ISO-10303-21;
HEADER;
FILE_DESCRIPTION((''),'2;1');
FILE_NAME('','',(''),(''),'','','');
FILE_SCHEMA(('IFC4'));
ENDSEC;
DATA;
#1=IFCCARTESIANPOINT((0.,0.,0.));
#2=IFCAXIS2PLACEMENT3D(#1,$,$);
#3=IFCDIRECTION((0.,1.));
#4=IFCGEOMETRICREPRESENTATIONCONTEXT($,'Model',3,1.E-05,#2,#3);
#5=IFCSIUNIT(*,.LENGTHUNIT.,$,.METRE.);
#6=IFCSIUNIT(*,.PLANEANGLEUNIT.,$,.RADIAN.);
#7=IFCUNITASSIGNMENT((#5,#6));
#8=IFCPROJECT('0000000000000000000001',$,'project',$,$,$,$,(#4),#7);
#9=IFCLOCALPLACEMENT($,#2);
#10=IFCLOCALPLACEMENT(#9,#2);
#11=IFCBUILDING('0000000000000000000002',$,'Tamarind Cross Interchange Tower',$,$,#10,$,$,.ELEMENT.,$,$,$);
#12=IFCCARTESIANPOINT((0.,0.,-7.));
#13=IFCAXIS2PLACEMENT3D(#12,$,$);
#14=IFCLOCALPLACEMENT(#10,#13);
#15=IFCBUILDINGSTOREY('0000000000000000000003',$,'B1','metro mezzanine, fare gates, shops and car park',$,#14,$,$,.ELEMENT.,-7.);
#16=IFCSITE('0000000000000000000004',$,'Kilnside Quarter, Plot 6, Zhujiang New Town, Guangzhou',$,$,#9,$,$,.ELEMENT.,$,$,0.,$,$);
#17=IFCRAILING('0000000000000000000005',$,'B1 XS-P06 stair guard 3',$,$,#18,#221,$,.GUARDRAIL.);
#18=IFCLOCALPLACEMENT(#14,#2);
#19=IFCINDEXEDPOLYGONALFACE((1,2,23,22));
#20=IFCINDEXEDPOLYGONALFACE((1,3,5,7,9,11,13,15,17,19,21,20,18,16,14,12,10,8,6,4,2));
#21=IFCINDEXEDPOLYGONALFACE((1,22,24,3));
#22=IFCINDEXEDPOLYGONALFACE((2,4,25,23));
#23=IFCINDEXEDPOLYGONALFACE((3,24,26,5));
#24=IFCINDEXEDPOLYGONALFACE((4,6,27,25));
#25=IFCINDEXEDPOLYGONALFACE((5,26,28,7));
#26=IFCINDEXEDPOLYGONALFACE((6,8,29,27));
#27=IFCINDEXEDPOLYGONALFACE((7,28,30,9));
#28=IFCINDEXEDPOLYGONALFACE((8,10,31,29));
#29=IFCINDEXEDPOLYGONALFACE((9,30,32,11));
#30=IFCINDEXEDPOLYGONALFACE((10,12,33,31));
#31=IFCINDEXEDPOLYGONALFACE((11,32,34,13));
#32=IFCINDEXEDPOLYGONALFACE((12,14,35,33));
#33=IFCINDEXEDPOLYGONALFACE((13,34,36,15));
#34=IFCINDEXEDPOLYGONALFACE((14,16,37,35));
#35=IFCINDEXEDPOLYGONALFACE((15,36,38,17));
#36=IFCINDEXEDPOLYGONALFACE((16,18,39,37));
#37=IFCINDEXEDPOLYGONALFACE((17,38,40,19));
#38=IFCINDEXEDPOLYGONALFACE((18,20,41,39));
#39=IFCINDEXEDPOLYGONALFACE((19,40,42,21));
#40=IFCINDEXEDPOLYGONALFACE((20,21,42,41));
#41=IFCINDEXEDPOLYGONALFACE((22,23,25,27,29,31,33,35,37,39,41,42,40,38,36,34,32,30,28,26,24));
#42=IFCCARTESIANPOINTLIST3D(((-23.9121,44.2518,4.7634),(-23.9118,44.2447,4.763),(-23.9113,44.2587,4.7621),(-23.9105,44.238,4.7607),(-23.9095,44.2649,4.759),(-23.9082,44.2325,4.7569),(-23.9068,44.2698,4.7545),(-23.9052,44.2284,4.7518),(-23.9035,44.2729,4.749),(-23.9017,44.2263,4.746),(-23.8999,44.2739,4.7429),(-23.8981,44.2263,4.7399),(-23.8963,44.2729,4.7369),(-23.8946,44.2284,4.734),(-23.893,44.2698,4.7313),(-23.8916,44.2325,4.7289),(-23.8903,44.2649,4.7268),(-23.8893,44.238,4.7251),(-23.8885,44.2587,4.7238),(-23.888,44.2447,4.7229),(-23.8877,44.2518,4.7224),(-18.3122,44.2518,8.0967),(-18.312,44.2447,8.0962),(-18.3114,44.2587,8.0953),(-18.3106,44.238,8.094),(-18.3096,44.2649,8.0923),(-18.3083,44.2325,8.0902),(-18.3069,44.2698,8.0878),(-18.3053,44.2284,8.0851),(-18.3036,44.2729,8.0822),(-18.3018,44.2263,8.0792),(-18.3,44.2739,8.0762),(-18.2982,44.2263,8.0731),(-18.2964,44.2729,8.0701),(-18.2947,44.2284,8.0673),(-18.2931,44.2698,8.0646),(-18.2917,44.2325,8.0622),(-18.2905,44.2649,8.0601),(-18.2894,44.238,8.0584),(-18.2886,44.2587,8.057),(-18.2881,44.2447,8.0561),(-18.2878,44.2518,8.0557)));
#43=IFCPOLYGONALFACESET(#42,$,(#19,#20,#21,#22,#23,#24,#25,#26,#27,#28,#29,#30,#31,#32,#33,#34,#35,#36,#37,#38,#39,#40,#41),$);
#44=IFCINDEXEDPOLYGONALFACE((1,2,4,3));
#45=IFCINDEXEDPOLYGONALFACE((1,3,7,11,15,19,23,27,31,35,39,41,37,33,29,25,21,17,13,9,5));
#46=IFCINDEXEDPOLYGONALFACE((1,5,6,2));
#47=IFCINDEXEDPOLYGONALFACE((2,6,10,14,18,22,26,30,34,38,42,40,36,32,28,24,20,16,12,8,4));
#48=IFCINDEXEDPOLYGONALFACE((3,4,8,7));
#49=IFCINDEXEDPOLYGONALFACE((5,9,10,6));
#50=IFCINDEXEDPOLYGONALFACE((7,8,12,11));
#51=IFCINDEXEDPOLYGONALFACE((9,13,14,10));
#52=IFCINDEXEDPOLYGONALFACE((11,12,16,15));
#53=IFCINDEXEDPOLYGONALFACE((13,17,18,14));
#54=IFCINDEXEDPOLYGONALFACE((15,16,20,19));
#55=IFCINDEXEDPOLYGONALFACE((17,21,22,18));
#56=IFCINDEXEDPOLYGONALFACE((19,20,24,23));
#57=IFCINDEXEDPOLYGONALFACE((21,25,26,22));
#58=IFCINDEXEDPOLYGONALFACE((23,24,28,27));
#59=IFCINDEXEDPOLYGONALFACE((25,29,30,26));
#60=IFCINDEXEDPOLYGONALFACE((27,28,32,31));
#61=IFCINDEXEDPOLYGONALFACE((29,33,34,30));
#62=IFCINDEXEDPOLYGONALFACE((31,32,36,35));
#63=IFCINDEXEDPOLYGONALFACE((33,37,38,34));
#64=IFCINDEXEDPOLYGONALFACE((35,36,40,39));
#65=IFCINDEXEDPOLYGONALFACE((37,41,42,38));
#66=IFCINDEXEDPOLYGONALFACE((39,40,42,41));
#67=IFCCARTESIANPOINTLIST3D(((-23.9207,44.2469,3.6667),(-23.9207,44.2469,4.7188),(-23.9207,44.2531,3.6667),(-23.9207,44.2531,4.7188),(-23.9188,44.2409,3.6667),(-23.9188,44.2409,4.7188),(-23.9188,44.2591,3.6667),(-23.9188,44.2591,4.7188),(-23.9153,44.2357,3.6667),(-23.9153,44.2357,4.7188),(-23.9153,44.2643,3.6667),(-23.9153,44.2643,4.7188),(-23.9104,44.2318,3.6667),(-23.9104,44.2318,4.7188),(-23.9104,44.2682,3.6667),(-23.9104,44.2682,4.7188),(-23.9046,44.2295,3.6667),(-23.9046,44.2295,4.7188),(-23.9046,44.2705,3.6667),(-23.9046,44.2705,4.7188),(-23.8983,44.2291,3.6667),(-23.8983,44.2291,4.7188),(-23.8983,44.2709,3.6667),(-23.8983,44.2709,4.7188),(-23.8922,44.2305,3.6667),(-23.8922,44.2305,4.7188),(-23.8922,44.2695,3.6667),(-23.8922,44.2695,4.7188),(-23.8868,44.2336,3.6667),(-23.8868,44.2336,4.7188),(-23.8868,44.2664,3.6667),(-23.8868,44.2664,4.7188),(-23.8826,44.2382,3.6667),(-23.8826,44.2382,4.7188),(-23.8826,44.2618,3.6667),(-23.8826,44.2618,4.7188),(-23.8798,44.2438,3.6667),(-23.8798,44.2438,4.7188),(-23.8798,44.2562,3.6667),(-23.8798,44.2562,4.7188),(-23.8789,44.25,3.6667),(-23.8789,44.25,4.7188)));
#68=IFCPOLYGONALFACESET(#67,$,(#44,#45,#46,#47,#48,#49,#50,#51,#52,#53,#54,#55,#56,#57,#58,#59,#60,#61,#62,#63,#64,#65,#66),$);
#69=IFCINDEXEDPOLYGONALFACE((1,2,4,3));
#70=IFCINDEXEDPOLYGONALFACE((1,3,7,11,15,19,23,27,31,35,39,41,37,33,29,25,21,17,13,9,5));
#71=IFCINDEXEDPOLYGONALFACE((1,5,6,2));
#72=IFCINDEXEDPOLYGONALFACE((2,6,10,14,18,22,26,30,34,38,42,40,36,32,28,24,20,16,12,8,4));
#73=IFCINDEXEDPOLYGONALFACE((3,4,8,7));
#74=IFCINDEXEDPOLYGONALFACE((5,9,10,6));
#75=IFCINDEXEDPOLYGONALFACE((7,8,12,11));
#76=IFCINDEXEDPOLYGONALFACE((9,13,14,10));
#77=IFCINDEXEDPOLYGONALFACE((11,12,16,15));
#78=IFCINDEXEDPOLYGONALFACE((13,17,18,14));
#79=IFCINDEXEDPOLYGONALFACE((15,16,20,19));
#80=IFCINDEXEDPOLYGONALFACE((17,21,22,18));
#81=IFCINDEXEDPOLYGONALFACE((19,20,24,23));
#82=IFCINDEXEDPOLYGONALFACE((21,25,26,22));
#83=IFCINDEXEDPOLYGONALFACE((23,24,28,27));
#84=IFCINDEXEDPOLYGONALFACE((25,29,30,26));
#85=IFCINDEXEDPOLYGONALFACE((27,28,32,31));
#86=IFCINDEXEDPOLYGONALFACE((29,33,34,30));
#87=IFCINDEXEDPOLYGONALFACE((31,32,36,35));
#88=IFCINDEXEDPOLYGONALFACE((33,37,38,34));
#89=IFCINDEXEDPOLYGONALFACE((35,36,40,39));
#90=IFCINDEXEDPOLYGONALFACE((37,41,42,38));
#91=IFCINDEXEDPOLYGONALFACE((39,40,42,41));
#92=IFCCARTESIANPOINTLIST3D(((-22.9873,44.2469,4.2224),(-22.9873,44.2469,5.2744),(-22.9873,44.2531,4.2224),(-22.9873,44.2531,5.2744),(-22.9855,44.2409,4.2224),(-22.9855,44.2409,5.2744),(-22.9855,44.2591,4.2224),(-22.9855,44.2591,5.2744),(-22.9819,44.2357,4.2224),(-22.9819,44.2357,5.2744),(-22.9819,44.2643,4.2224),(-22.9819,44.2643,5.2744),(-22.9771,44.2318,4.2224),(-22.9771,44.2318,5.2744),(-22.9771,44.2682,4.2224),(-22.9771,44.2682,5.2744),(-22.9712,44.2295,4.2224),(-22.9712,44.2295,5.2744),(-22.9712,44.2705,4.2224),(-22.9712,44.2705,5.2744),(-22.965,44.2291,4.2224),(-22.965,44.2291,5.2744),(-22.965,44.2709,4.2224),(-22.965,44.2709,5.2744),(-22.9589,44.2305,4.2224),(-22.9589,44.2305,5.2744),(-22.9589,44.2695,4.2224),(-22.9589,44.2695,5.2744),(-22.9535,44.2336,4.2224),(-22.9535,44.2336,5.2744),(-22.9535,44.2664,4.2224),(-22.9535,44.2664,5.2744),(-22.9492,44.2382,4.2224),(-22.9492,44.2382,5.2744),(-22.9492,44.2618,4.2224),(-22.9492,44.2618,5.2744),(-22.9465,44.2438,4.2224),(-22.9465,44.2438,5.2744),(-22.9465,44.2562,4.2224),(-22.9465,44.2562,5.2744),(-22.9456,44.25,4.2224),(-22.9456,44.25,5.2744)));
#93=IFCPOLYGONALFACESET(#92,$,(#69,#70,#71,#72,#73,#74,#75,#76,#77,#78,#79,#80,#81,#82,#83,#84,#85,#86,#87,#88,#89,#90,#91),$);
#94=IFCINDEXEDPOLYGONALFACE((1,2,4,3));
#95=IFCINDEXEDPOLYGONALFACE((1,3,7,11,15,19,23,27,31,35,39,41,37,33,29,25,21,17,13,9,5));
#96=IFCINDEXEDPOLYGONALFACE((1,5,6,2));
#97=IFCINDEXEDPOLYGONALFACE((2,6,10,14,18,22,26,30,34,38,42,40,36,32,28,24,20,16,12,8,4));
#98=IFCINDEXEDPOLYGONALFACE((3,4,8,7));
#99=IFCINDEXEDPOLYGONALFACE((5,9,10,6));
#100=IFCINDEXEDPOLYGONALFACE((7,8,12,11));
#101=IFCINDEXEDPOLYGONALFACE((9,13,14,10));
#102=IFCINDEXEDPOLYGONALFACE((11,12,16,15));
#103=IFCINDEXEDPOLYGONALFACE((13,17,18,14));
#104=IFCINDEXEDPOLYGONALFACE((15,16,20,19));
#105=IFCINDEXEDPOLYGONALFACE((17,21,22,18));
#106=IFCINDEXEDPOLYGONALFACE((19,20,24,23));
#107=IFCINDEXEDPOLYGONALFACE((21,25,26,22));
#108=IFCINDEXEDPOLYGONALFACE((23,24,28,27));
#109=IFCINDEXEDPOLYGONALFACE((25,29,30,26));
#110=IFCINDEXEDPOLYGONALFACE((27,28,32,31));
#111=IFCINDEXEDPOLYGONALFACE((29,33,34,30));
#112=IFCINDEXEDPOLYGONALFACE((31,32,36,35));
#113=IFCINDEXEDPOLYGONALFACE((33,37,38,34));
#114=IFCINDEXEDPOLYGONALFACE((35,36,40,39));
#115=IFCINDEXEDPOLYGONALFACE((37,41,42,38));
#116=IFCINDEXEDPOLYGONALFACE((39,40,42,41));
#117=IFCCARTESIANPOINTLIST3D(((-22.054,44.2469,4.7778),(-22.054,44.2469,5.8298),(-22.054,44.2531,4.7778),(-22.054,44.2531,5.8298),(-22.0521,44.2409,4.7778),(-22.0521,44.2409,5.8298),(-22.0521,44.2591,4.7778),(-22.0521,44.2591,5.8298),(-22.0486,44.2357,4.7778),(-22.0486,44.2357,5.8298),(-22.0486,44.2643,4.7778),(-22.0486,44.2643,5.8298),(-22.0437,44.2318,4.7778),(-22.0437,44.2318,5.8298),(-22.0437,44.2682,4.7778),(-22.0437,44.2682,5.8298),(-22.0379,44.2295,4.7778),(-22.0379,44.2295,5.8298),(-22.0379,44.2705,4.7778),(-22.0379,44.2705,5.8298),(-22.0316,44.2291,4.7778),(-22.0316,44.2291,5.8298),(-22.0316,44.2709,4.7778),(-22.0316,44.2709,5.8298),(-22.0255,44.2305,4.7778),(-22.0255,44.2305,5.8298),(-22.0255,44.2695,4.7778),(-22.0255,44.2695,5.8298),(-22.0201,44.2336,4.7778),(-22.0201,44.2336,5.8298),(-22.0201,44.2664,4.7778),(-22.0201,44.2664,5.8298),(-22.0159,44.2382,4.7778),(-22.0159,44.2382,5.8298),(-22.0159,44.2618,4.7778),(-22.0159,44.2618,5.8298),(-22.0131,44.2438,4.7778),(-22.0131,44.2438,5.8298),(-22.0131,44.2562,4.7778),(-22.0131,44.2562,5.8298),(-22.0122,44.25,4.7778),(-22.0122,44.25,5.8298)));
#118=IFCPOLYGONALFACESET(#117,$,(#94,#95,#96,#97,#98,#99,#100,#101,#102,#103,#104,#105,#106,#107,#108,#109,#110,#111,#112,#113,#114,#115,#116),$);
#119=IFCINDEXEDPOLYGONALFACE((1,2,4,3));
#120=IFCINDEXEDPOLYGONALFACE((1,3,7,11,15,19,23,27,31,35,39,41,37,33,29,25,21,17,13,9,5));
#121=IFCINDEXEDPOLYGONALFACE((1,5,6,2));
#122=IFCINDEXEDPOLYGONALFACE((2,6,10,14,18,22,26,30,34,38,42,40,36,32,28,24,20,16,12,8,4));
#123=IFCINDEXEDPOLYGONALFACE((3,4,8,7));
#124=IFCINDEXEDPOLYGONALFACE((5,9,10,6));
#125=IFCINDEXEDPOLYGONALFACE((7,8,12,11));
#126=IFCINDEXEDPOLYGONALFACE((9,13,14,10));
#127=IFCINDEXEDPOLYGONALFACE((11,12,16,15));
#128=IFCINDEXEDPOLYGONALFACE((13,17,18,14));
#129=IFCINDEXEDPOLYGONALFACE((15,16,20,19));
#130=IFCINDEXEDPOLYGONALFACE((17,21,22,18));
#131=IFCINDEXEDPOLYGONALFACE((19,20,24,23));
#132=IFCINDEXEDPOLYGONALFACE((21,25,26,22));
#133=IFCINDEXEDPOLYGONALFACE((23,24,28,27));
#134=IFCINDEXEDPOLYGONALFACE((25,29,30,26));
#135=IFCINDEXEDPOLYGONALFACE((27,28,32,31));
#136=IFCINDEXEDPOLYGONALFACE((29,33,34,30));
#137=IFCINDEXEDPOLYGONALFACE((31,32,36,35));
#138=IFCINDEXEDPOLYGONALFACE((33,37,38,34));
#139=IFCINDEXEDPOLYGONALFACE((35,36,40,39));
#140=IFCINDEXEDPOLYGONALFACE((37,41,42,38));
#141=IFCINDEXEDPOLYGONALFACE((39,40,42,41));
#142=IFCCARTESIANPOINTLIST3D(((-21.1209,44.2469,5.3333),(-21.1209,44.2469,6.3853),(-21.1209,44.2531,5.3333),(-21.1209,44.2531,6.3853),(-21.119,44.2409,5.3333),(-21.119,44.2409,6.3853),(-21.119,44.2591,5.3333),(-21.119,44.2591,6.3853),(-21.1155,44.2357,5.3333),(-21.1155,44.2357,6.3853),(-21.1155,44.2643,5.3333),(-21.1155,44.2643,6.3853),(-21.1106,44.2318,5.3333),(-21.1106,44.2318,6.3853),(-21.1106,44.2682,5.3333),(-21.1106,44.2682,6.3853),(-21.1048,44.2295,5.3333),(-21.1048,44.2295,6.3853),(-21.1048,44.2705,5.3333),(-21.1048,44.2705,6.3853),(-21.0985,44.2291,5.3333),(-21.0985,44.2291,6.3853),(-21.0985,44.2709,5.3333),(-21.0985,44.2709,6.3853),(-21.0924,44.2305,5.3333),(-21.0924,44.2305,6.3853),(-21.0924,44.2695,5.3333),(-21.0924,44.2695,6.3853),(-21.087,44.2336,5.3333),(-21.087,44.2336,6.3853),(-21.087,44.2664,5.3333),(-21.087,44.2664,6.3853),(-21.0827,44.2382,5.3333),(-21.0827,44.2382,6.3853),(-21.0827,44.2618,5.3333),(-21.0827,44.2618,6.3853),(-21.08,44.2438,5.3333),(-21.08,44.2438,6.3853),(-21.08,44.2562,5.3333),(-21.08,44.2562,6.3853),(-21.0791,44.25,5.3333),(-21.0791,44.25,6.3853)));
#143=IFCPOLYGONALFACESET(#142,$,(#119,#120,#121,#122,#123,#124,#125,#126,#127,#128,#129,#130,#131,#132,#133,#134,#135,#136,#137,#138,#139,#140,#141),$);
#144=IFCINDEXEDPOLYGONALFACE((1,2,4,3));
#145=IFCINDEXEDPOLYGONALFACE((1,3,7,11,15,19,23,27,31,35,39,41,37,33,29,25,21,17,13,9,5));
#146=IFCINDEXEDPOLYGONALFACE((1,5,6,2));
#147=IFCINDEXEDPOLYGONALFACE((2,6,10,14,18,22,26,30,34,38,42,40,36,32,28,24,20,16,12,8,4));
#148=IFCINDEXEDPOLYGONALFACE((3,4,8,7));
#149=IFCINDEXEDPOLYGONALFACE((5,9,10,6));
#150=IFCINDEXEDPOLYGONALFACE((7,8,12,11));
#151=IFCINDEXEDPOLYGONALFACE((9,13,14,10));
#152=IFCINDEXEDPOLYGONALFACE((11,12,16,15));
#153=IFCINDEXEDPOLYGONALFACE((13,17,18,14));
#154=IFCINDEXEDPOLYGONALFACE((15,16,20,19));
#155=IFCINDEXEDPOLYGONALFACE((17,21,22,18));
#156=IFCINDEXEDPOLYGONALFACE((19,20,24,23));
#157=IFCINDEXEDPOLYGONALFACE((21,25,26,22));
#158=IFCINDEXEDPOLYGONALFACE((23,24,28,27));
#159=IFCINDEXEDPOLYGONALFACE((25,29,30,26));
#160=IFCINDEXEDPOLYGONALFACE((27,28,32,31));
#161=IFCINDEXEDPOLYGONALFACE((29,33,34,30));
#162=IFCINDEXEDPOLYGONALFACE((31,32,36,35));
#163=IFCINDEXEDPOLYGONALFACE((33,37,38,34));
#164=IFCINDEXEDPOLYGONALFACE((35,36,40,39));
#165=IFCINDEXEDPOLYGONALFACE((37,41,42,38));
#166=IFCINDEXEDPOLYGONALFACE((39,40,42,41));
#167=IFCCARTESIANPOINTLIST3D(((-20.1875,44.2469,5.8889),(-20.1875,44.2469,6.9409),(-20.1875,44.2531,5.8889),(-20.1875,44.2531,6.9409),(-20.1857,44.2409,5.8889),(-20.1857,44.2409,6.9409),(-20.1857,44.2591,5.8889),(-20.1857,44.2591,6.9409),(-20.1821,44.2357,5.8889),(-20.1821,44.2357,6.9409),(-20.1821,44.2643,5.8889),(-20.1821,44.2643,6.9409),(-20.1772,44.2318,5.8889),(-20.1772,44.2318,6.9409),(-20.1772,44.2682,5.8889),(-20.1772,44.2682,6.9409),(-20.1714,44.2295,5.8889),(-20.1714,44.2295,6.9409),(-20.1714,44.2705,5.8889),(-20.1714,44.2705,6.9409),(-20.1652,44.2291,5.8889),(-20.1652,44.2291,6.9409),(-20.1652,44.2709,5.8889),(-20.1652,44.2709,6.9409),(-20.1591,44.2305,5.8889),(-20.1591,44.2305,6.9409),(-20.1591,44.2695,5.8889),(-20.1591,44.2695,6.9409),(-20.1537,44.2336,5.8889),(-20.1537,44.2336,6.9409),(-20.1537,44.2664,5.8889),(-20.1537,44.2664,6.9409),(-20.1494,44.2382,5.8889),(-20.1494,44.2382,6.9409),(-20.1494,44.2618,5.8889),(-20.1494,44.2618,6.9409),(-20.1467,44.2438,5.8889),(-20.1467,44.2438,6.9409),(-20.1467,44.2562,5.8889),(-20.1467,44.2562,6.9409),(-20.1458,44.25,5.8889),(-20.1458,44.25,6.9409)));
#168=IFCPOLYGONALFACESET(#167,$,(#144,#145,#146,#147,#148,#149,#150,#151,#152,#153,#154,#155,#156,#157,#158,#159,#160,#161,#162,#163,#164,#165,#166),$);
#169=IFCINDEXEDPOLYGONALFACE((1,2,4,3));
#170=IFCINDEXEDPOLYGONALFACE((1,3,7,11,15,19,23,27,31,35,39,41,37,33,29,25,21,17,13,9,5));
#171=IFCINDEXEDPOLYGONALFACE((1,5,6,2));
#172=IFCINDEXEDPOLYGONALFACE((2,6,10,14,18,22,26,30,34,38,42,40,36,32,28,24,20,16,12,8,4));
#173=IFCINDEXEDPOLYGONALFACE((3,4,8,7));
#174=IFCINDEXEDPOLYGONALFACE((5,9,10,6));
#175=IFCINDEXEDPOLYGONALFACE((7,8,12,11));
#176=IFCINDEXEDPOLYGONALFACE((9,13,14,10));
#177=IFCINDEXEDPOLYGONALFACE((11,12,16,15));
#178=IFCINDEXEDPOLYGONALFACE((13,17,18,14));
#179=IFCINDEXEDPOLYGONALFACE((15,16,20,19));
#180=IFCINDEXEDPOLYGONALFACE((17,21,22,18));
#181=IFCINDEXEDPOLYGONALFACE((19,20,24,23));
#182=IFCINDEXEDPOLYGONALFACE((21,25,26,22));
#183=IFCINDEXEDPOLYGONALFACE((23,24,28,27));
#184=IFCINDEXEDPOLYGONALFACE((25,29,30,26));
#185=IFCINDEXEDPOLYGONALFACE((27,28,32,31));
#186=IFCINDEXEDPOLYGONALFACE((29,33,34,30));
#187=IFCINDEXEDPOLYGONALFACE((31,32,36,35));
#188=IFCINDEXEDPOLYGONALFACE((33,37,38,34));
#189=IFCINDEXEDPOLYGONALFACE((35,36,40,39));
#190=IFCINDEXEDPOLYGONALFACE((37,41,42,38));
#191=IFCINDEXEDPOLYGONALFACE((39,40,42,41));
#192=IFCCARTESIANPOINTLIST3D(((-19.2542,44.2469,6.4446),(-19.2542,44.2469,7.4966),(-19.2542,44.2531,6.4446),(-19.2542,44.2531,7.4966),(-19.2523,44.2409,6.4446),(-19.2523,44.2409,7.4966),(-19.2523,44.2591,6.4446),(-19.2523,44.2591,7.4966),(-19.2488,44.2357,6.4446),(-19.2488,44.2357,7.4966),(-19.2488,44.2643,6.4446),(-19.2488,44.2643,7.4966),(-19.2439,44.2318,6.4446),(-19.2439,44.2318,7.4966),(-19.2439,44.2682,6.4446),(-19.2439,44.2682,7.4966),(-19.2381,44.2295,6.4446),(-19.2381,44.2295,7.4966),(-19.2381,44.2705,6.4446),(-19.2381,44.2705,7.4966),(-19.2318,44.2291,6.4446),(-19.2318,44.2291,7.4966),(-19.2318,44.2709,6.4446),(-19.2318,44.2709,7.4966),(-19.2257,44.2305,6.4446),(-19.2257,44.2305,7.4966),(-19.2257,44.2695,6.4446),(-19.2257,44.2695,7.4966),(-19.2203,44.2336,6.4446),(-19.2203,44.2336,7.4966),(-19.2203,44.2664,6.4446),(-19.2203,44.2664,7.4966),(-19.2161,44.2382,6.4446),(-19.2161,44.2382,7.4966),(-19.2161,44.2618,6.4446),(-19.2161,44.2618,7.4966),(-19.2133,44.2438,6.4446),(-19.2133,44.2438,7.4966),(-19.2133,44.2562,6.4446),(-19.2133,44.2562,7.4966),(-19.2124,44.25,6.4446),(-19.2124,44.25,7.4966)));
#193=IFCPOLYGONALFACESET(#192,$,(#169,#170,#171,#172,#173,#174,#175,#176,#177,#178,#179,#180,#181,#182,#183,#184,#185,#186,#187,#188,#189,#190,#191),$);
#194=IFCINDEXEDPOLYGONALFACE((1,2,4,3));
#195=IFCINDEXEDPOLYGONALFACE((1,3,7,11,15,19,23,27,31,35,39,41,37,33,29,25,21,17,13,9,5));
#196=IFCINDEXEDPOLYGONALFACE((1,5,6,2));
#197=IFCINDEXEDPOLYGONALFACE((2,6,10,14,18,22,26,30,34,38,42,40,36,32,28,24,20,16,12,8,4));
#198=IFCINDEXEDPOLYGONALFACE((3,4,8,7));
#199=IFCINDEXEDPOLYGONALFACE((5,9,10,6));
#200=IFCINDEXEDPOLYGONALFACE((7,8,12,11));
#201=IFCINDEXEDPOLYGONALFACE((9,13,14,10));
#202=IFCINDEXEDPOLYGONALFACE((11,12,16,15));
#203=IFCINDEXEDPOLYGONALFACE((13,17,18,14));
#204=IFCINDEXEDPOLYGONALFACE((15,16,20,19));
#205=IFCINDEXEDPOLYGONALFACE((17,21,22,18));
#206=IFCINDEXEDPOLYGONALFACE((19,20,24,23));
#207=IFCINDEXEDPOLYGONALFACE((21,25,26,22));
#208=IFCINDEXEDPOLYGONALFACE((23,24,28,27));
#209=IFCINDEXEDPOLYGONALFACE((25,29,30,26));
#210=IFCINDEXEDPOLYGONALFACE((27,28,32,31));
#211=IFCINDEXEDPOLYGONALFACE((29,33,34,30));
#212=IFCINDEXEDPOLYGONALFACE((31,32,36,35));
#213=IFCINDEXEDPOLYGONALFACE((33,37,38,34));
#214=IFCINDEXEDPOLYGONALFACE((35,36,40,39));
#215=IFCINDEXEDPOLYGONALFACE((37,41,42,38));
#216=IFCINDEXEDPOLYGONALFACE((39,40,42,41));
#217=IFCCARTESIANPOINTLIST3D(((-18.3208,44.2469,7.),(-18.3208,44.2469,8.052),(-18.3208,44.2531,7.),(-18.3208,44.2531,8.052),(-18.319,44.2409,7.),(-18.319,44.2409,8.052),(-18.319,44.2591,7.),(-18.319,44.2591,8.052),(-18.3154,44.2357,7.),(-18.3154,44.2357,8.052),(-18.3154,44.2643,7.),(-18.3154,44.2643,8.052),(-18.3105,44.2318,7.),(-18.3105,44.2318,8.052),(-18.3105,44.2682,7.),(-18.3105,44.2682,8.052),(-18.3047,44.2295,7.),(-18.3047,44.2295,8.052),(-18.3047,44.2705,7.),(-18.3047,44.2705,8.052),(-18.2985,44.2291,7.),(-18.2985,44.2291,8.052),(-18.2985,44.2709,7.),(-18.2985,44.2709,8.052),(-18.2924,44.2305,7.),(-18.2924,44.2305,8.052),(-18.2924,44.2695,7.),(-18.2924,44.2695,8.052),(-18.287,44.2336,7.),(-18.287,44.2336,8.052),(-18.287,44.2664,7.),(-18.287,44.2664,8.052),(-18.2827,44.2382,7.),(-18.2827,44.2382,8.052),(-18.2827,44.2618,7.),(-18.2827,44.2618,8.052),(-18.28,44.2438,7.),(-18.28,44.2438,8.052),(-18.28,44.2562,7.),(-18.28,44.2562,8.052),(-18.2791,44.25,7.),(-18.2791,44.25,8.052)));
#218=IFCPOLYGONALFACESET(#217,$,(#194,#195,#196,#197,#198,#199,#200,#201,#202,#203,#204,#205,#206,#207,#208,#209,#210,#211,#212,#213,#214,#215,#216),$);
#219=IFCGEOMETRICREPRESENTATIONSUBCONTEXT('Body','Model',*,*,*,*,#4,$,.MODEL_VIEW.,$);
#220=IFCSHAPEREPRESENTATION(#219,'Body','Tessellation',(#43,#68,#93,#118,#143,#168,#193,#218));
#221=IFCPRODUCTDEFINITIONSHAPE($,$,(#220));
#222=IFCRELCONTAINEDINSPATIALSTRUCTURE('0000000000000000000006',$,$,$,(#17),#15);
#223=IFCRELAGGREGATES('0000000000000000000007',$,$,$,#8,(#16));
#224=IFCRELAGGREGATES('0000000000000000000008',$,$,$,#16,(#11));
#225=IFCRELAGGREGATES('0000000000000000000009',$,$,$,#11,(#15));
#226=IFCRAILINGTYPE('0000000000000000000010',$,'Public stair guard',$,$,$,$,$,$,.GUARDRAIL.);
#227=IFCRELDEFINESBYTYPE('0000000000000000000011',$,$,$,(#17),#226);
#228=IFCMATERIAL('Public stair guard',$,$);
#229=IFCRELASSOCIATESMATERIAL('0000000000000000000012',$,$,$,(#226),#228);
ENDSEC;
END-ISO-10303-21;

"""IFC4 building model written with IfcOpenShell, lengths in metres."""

from ifc_helpers import new_model, si_unit, direction, frame, origin, origin_2d, place, context, subcontext, project, spatial, circle, extrude, material, type_object, element, save


model = new_model("IFC4")

# Units and contexts
model_context = context("Model", 3, precision=1e-05, world=origin(), true_north=direction((0.0, 1.0)))
body_context = subcontext(model_context, "Body", "Model", "MODEL_VIEW")
ifc_project = project(units=[si_unit("LENGTHUNIT", "METRE"), si_unit("PLANEANGLEUNIT", "RADIAN")], contexts=[model_context])

# Site, building, storey
site_placement = place(None, origin())
site = spatial("IfcSite", under=ifc_project, at=site_placement, Name="Kilnside Quarter, Plot 6, Zhujiang New Town, Guangzhou", CompositionType="ELEMENT", RefElevation=0.0)
building_placement = place(site_placement, origin())
building = spatial("IfcBuilding", under=site, at=building_placement, Name="Tamarind Cross Interchange Tower", CompositionType="ELEMENT")
storey_placement = place(building_placement, frame((0.0, 0.0, -7.0)))
storey = spatial("IfcBuildingStorey", under=building, at=storey_placement, Name="B1", Description="metro mezzanine, fare gates, shops and car park", CompositionType="ELEMENT", Elevation=-7.0)

# Railing
ifc_material_1 = material(Name="Public stair guard")
railing_type_1 = type_object("IfcRailingType", Name="Public stair guard", PredefinedType="GUARDRAIL", material=ifc_material_1)
railing_1_placement = place(storey_placement, frame((-23.8999, 44.25, 3.6667)))
element("IfcRailing", 1, at=railing_1_placement, inside=storey, type_object=railing_type_1, Name="B1 XS-P06 stair guard 3", PredefinedType="GUARDRAIL", context=body_context, shape_type="SweptSolid", body=[
    extrude(circle(Radius=0.0239, at=origin_2d()), frame((0.0, 0.0, 1.0762), z_axis=(0.859292, 0.0, 0.511485), x_axis=(0.0, 1.0, 0.0)), (0.0, 0.0, 1.0), 6.5168),
    extrude(circle(Radius=0.021, at=origin_2d()), origin(), (0.0, 0.0, 1.0), 1.052),
    extrude(circle(Radius=0.021, at=origin_2d()), frame((0.9333, 0.0, 0.5557)), (0.0, 0.0, 1.0), 1.052),
    extrude(circle(Radius=0.021, at=origin_2d()), frame((1.8667, 0.0, 1.1111)), (0.0, 0.0, 1.0), 1.052),
    extrude(circle(Radius=0.021, at=origin_2d()), frame((2.7998, 0.0, 1.6665)), (0.0, 0.0, 1.0), 1.052),
    extrude(circle(Radius=0.021, at=origin_2d()), frame((3.7332, 0.0, 2.2222)), (0.0, 0.0, 1.0), 1.052),
    extrude(circle(Radius=0.021, at=origin_2d()), frame((4.6665, 0.0, 2.7778)), (0.0, 0.0, 1.0), 1.052),
    extrude(circle(Radius=0.021, at=origin_2d()), frame((5.5999, 0.0, 3.3333)), (0.0, 0.0, 1.0), 1.052),
])

save(model, "model.ifc")
